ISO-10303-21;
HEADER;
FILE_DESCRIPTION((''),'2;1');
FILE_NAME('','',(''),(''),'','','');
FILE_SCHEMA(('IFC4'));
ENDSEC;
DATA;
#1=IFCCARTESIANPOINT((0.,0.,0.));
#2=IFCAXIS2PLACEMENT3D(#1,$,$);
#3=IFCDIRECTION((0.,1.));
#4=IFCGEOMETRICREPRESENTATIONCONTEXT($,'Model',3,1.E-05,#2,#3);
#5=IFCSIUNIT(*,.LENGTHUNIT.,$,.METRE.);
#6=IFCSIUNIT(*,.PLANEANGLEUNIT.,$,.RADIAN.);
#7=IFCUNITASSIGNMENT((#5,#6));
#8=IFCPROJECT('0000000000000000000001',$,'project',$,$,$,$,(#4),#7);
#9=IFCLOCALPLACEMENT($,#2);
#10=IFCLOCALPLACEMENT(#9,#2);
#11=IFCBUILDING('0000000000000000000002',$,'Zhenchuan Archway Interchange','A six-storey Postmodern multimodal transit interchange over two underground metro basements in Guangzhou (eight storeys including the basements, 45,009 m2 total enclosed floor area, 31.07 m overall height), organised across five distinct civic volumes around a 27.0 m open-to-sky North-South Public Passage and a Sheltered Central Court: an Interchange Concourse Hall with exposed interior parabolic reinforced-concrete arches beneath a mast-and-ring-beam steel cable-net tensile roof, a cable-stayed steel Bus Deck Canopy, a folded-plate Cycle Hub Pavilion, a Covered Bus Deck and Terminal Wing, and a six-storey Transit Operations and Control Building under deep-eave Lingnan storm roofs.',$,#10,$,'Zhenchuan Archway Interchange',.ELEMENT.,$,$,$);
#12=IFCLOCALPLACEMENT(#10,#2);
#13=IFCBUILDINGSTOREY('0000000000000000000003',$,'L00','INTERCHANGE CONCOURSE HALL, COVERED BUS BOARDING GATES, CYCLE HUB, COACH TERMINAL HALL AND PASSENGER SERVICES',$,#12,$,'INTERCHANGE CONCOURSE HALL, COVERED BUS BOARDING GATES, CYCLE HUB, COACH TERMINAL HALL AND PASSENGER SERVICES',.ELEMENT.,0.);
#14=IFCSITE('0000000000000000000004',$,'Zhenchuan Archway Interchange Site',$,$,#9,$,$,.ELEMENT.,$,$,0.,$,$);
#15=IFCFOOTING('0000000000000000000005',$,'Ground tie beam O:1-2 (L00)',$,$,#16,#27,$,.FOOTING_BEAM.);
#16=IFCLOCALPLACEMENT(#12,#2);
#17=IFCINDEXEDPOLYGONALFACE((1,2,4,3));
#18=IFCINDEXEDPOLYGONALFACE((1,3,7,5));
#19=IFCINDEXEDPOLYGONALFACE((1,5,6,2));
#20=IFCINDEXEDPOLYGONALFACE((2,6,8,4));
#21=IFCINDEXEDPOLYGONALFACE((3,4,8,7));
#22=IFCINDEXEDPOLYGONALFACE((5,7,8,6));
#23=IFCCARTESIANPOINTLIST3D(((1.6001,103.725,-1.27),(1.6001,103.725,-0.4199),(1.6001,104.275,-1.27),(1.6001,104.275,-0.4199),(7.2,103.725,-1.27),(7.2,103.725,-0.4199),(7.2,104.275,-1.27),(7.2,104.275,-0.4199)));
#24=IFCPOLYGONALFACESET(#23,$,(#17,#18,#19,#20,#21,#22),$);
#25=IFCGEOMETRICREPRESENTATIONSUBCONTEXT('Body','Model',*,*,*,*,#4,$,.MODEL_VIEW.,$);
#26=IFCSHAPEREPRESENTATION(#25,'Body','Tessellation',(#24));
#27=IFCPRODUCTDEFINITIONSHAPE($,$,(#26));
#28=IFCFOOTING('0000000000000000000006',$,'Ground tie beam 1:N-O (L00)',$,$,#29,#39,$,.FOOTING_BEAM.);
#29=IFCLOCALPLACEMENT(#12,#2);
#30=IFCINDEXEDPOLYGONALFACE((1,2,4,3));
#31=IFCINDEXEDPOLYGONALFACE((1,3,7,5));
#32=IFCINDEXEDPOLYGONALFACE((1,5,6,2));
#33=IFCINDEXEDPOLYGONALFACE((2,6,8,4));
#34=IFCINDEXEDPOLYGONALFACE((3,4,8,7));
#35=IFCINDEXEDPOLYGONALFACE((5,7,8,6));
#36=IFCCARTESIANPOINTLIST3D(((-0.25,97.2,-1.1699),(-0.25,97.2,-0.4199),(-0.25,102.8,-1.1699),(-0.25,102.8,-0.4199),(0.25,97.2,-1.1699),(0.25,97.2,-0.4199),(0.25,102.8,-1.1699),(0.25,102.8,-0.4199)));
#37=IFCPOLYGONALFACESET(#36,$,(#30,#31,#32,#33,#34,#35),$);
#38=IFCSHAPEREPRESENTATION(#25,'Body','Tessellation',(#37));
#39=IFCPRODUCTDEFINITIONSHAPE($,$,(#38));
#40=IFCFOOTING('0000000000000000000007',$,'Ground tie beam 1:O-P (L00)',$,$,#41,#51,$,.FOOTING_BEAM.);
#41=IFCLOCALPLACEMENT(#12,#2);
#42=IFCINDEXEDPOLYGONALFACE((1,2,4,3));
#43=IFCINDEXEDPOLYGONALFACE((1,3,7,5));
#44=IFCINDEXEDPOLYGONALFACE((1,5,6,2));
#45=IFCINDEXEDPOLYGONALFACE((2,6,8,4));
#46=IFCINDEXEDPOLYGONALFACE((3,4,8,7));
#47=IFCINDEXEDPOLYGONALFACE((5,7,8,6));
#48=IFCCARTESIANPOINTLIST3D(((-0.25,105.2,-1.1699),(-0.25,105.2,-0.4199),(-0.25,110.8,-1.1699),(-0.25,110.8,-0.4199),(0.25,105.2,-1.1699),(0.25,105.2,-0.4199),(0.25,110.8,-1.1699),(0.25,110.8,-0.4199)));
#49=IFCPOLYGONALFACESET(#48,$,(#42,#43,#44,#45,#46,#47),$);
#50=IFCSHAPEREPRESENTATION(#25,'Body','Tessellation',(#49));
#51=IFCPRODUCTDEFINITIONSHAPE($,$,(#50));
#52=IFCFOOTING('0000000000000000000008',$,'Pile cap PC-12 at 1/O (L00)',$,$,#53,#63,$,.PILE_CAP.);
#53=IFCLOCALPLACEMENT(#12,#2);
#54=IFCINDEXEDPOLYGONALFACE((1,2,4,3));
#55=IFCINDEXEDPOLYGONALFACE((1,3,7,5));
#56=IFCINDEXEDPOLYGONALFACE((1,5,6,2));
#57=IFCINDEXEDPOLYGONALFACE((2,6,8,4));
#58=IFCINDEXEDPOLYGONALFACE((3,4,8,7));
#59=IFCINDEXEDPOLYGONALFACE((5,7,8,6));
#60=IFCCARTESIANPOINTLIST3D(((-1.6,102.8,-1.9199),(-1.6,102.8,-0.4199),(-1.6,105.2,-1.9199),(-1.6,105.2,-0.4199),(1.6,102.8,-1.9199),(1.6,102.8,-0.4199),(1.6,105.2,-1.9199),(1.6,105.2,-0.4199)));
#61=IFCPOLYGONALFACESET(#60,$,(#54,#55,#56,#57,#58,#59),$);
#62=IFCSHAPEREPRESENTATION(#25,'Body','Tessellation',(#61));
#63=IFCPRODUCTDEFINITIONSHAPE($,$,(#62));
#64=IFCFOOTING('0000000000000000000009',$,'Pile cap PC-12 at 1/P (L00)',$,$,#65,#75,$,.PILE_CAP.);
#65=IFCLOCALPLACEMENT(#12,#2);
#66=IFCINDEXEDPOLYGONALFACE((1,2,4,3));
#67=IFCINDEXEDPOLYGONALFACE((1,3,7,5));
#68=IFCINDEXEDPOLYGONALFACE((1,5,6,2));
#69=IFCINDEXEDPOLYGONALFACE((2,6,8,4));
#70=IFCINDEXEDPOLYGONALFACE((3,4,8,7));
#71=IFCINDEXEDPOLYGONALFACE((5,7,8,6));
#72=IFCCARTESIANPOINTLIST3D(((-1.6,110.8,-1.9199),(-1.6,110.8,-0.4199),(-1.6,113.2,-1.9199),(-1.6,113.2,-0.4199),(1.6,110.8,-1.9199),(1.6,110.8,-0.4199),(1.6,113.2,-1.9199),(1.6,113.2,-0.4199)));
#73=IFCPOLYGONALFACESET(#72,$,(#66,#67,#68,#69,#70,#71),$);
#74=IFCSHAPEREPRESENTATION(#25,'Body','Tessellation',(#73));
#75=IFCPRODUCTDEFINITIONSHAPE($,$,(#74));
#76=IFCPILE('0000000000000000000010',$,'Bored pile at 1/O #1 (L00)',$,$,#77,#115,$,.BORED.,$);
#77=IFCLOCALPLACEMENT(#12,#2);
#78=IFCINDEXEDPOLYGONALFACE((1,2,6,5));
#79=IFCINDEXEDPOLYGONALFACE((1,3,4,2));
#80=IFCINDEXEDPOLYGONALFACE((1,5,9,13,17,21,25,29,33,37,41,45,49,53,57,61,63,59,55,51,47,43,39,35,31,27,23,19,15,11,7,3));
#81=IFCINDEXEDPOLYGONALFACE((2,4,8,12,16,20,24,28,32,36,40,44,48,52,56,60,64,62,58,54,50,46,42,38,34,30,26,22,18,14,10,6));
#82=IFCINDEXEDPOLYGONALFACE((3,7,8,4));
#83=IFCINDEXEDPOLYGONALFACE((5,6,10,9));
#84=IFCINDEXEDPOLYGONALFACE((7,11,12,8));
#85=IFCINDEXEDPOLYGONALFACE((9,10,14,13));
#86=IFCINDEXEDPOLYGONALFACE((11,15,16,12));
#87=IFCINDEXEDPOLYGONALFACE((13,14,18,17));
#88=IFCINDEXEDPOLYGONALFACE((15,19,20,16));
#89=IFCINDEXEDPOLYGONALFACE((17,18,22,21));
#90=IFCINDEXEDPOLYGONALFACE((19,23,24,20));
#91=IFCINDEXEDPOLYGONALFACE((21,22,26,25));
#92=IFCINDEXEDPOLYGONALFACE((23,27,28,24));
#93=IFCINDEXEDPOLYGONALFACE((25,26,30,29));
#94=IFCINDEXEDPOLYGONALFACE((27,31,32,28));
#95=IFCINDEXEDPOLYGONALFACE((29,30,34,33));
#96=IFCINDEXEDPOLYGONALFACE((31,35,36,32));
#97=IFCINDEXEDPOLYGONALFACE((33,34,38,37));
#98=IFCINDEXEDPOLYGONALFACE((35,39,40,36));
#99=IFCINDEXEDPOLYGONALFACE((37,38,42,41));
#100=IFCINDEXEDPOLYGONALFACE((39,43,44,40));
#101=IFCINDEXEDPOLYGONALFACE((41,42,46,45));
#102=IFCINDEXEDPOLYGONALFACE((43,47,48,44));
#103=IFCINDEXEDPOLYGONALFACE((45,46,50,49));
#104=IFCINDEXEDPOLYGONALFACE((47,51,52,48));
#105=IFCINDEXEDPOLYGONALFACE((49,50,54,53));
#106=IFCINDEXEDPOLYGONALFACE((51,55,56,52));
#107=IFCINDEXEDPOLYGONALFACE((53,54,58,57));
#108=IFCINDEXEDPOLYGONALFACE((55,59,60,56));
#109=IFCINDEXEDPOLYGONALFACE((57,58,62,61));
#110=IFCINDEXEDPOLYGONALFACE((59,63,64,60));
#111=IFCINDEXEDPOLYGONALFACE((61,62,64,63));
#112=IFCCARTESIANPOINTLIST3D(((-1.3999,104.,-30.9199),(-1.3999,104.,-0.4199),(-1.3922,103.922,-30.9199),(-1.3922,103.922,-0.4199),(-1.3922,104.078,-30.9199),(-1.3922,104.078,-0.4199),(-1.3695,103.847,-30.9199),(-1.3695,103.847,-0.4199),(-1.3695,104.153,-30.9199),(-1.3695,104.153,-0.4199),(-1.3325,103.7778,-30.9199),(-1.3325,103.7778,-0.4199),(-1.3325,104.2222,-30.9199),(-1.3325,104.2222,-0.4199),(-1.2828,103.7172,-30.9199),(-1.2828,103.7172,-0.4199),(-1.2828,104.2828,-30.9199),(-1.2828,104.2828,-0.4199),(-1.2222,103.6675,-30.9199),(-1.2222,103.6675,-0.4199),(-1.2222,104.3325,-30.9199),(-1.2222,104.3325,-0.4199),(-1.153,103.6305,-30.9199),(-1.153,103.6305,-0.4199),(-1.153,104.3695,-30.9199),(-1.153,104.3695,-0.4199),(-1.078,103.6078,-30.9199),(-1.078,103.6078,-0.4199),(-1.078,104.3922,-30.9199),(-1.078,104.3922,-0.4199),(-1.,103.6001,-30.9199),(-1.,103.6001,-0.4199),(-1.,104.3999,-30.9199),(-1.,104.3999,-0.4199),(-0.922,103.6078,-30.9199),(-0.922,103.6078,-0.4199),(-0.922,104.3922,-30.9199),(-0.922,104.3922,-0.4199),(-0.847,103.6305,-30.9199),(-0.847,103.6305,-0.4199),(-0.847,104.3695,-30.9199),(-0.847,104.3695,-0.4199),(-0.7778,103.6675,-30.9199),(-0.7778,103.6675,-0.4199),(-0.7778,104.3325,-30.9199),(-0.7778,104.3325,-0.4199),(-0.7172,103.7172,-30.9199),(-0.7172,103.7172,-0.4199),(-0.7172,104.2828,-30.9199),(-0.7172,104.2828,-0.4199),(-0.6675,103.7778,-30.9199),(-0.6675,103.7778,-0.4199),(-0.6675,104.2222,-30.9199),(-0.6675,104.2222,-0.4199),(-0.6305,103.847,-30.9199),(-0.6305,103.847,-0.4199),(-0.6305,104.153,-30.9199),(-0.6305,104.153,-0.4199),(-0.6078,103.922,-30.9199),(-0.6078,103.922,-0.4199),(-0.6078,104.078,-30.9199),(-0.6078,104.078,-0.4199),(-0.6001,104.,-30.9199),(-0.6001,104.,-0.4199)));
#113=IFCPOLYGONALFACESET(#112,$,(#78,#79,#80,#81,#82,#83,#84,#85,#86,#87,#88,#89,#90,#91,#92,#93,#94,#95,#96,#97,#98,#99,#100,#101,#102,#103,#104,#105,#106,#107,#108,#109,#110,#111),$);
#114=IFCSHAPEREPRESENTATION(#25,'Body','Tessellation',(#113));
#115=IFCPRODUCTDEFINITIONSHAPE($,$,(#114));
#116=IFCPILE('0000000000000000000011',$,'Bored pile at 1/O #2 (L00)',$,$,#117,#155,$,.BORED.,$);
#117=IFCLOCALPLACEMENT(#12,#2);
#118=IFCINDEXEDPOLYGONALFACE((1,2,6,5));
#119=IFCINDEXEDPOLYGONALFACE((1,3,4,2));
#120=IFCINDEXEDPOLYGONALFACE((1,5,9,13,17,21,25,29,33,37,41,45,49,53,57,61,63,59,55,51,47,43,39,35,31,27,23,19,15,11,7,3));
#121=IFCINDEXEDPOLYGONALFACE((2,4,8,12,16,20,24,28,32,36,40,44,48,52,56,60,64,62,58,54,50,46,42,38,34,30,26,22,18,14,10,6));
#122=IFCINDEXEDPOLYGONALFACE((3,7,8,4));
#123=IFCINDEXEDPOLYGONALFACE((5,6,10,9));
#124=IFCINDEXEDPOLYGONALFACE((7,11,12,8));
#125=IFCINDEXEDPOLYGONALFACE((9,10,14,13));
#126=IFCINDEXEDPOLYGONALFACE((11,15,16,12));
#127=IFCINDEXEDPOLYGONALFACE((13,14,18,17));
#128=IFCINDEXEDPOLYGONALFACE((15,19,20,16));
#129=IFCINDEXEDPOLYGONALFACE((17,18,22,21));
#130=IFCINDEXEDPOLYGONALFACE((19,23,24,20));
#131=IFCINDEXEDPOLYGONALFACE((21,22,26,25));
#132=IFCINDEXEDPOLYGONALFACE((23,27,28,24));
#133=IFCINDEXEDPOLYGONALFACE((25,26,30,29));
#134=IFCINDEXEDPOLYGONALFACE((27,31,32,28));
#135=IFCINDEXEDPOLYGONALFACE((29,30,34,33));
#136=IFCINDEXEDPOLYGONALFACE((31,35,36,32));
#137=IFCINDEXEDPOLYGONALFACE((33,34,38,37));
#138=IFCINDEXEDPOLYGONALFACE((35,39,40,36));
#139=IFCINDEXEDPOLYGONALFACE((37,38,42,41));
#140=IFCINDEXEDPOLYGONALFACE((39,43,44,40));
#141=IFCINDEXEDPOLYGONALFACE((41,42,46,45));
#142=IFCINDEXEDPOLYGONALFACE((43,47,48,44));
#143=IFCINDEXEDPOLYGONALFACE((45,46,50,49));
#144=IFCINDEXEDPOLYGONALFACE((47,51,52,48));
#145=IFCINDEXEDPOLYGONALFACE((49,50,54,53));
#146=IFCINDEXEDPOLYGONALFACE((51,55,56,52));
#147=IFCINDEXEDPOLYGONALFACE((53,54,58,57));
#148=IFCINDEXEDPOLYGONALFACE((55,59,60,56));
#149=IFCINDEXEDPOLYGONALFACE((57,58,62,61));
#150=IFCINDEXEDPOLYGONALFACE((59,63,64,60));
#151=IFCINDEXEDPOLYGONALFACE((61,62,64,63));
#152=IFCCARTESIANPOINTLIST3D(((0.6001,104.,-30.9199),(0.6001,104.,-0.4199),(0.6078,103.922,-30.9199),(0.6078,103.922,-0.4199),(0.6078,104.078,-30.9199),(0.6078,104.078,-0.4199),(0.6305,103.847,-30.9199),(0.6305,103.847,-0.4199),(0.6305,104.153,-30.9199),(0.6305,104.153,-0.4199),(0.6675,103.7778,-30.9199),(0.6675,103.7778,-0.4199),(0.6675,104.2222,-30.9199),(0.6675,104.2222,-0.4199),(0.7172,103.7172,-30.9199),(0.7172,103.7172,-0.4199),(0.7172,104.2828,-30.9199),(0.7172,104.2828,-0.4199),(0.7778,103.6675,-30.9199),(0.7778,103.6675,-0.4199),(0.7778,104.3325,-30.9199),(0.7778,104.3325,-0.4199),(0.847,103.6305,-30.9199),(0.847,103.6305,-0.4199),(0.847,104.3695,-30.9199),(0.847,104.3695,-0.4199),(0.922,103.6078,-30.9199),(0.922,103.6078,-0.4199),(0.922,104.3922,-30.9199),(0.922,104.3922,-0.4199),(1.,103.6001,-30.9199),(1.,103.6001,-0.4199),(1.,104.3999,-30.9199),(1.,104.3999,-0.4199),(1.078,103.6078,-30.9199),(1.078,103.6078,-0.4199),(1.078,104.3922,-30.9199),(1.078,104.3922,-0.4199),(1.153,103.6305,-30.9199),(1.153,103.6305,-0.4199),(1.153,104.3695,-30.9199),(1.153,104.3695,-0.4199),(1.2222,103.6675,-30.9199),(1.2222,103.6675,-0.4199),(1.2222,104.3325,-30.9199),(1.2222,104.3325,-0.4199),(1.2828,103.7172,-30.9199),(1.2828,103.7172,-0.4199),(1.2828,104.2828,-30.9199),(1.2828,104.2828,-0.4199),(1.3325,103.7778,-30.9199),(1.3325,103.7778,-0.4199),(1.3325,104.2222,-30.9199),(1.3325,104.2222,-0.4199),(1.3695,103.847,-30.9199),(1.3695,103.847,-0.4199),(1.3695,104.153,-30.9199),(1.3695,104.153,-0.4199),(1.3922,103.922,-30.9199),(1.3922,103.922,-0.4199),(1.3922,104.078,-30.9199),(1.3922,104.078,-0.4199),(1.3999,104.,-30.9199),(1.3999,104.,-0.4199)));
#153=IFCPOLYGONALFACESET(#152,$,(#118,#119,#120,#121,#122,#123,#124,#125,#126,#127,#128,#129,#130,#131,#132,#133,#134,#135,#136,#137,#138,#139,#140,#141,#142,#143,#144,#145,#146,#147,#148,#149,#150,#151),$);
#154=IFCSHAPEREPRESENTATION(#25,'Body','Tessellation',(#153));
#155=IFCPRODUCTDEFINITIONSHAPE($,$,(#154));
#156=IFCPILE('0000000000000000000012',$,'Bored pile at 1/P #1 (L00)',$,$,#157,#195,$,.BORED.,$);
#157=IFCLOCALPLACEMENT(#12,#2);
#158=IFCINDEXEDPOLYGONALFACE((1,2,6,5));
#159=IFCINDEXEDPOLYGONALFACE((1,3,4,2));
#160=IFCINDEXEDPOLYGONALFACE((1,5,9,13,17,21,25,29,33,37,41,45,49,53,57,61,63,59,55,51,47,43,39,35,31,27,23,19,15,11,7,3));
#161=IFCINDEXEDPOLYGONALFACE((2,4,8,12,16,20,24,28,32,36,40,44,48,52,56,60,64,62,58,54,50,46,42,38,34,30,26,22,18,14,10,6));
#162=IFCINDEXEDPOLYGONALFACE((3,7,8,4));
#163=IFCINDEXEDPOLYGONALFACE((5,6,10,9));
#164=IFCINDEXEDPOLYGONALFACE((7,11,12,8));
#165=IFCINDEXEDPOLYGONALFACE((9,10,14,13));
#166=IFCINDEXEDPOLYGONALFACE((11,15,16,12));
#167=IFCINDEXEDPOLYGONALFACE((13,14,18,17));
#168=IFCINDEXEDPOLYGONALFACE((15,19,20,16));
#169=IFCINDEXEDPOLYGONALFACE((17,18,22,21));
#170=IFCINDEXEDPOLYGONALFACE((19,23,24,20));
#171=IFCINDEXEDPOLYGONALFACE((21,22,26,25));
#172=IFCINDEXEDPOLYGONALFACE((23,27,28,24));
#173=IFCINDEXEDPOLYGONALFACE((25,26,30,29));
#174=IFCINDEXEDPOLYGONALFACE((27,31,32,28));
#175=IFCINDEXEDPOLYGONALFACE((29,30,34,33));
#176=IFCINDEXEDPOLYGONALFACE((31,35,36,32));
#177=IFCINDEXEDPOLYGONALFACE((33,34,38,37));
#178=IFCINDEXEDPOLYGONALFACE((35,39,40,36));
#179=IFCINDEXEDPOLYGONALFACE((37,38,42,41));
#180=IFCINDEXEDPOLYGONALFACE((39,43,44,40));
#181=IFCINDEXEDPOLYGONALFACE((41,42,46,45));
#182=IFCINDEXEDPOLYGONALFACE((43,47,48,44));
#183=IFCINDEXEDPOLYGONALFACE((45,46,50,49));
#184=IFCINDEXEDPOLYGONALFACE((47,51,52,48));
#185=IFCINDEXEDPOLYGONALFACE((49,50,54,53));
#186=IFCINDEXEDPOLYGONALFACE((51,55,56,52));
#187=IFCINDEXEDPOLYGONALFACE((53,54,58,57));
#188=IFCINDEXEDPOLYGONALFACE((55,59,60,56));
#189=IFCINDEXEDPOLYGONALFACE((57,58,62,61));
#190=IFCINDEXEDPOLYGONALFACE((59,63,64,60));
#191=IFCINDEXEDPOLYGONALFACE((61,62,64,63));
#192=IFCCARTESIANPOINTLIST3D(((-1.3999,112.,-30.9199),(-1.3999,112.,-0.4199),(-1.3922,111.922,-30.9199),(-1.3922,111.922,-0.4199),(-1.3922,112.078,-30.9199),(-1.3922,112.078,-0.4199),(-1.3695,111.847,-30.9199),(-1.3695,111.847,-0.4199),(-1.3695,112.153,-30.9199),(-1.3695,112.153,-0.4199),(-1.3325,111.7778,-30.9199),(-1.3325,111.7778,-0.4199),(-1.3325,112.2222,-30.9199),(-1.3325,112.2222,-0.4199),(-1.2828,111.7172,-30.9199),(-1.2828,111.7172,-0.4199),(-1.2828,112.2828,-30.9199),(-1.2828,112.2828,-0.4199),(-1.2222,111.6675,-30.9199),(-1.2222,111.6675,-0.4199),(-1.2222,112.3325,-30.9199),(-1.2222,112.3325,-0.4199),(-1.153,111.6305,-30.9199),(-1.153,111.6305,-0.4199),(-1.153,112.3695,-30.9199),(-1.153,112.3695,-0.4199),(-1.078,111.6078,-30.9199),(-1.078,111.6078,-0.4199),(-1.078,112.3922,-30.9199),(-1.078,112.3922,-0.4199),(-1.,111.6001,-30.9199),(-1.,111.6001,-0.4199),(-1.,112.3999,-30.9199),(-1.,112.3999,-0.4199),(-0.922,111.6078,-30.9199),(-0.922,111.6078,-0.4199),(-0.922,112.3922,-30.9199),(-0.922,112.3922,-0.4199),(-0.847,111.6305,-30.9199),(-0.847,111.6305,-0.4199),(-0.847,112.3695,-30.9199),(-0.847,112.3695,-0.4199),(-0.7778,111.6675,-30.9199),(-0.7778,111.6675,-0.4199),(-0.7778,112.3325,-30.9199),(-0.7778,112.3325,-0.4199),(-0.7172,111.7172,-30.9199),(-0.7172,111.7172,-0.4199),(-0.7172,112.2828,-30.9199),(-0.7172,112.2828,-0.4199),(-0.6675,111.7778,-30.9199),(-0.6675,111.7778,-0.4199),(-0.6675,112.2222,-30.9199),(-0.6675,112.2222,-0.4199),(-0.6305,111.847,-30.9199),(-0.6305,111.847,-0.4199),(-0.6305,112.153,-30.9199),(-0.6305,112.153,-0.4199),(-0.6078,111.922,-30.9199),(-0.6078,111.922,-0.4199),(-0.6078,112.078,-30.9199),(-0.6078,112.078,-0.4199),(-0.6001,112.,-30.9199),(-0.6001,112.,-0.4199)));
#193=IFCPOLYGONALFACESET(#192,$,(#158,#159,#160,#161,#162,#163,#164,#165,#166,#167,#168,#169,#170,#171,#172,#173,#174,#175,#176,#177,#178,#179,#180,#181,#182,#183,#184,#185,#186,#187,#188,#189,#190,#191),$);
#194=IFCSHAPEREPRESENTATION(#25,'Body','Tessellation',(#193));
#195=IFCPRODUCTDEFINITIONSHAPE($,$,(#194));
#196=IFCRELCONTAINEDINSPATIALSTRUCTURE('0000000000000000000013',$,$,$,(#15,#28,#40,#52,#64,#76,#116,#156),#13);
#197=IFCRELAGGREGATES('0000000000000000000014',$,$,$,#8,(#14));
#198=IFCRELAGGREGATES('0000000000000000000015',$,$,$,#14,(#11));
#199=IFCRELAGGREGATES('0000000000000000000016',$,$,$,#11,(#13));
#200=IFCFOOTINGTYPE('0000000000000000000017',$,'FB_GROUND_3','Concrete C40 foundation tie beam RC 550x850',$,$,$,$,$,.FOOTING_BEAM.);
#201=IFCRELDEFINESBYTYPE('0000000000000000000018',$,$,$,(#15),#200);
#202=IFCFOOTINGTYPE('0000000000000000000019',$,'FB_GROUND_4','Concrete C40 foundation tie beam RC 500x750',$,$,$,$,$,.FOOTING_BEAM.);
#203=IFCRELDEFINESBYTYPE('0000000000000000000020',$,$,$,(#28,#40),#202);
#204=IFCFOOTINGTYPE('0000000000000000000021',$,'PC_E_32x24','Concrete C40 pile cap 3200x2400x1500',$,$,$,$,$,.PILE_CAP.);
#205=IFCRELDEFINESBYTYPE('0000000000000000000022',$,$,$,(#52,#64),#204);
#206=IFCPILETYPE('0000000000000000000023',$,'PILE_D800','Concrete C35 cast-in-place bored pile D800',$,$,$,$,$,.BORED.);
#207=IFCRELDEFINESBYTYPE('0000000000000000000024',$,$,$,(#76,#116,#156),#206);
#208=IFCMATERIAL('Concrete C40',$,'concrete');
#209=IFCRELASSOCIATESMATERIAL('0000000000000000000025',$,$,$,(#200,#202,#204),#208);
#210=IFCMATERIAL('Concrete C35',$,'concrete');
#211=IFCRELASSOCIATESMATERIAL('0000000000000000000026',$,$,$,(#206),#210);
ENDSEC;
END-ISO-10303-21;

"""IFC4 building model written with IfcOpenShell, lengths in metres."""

from ifc_helpers import new_model, si_unit, direction, frame, origin, origin_2d, place, context, subcontext, project, spatial, rectangle, circle, extrude, material, material_profile, profile_set, type_object, element, save


model = new_model("IFC4")

# Units and contexts
model_context = context("Model", 3, precision=1e-05, world=origin(), true_north=direction((0.0, 1.0)))
body_context = subcontext(model_context, "Body", "Model", "MODEL_VIEW")
ifc_project = project(units=[si_unit("LENGTHUNIT", "METRE"), si_unit("PLANEANGLEUNIT", "RADIAN")], contexts=[model_context])

# Site, building, storey
site_placement = place(None, origin())
site = spatial("IfcSite", under=ifc_project, at=site_placement, Name="Zhenchuan Archway Interchange Site", CompositionType="ELEMENT", RefElevation=0.0)
building_placement = place(site_placement, origin())
building = spatial("IfcBuilding", under=site, at=building_placement, Name="Zhenchuan Archway Interchange", Description="A six-storey Postmodern multimodal transit interchange over two underground metro basements in Guangzhou (eight storeys including the basements, 45,009 m2 total enclosed floor area, 31.07 m overall height), organised across five distinct civic volumes around a 27.0 m open-to-sky North-South Public Passage and a Sheltered Central Court: an Interchange Concourse Hall with exposed interior parabolic reinforced-concrete arches beneath a mast-and-ring-beam steel cable-net tensile roof, a cable-stayed steel Bus Deck Canopy, a folded-plate Cycle Hub Pavilion, a Covered Bus Deck and Terminal Wing, and a six-storey Transit Operations and Control Building under deep-eave Lingnan storm roofs.", LongName="Zhenchuan Archway Interchange", CompositionType="ELEMENT")
storey_placement = place(building_placement, origin())
storey = spatial("IfcBuildingStorey", under=building, at=storey_placement, Name="L00", Description="INTERCHANGE CONCOURSE HALL, COVERED BUS BOARDING GATES, CYCLE HUB, COACH TERMINAL HALL AND PASSENGER SERVICES", LongName="INTERCHANGE CONCOURSE HALL, COVERED BUS BOARDING GATES, CYCLE HUB, COACH TERMINAL HALL AND PASSENGER SERVICES", CompositionType="ELEMENT", Elevation=0.0)

# Footings
ifc_material_1 = material(Name="Concrete C40", Category="concrete")
ifc_material_profile_1 = material_profile(ifc_material_1, rectangle(XDim=0.55, YDim=0.8501, at=origin_2d()), Name="RC 550x850")
ifc_profile_set_1 = profile_set([ifc_material_profile_1], Name="Concrete C40")
footing_type_1 = type_object("IfcFootingType", Name="FB_GROUND_3", Description="Concrete C40 foundation tie beam RC 550x850", PredefinedType="FOOTING_BEAM", material=ifc_profile_set_1)
footing_placement = place(storey_placement, frame((1.6001, 104.0, -0.845), z_axis=(1.0, 0.0, 0.0), x_axis=(0.0, 1.0, 0.0)))
element("IfcFooting", 1, at=footing_placement, inside=storey, type_object=footing_type_1, Name="Ground tie beam O:1-2 (L00)", PredefinedType="FOOTING_BEAM", context=body_context, shape_type="SweptSolid", body=[
    extrude(rectangle(XDim=0.55, YDim=0.8501, at=origin_2d()), origin(), (0.0, 0.0, 1.0), 5.5999),
])
ifc_material_profile_2 = material_profile(ifc_material_1, rectangle(XDim=0.5, YDim=0.75, at=origin_2d()), Name="RC 500x750")
ifc_profile_set_2 = profile_set([ifc_material_profile_2], Name="Concrete C40")
footing_type_2 = type_object("IfcFootingType", Name="FB_GROUND_4", Description="Concrete C40 foundation tie beam RC 500x750", PredefinedType="FOOTING_BEAM", material=ifc_profile_set_2)
for number, where, z_axis, x_axis, name in (
    (2, (0.0, 97.2, -0.7949), (0.0, 1.0, 0.0), (-1.0, 0.0, 0.0), "Ground tie beam 1:N-O (L00)"),
    (3, (0.0, 105.2, -0.7949), (0.0, 1.0, 0.0), (-1.0, 0.0, 0.0), "Ground tie beam 1:O-P (L00)"),
):
    element("IfcFooting", number, at=place(storey_placement, frame(where, z_axis=z_axis, x_axis=x_axis)), inside=storey, type_object=footing_type_2, Name=name, PredefinedType="FOOTING_BEAM", context=body_context, shape_type="SweptSolid", body=[
        extrude(rectangle(XDim=0.5, YDim=0.75, at=origin_2d()), origin(), (0.0, 0.0, 1.0), 5.6001),
    ])
footing_type_3 = type_object("IfcFootingType", Name="PC_E_32x24", Description="Concrete C40 pile cap 3200x2400x1500", PredefinedType="PILE_CAP", material=ifc_material_1)
for number, where, z_axis, x_axis, name in (
    (4, (0.0, 104.0, -1.9199), (0.0, 0.0, 1.0), (1.0, 0.0, 0.0), "Pile cap PC-12 at 1/O (L00)"),
    (5, (0.0, 112.0, -1.9199), (0.0, 0.0, 1.0), (1.0, 0.0, 0.0), "Pile cap PC-12 at 1/P (L00)"),
):
    element("IfcFooting", number, at=place(storey_placement, frame(where, z_axis=z_axis, x_axis=x_axis)), inside=storey, type_object=footing_type_3, Name=name, PredefinedType="PILE_CAP", context=body_context, shape_type="SweptSolid", body=[
        extrude(rectangle(XDim=3.2, YDim=2.3999, at=origin_2d()), origin(), (0.0, 0.0, 1.0), 1.5),
    ])

# Piles
ifc_material_2 = material(Name="Concrete C35", Category="concrete")
ifc_material_profile_3 = material_profile(ifc_material_2, circle(Radius=0.3999, at=origin_2d()), Name="BORED PILE 800")
ifc_profile_set_3 = profile_set([ifc_material_profile_3], Name="Concrete C35")
pile_type = type_object("IfcPileType", Name="PILE_D800", Description="Concrete C35 cast-in-place bored pile D800", PredefinedType="BORED", material=ifc_profile_set_3)
for number, where, z_axis, x_axis, name in (
    (6, (-1.0, 104.0, -0.4199), (0.0, 0.0, -1.0), (1.0, 0.0, 0.0), "Bored pile at 1/O #1 (L00)"),
    (7, (1.0, 104.0, -0.4199), (0.0, 0.0, -1.0), (1.0, 0.0, 0.0), "Bored pile at 1/O #2 (L00)"),
    (8, (-1.0, 112.0, -0.4199), (0.0, 0.0, -1.0), (1.0, 0.0, 0.0), "Bored pile at 1/P #1 (L00)"),
):
    element("IfcPile", number, at=place(storey_placement, frame(where, z_axis=z_axis, x_axis=x_axis)), inside=storey, type_object=pile_type, Name=name, PredefinedType="BORED", context=body_context, shape_type="SweptSolid", body=[
        extrude(circle(Radius=0.3999, at=origin_2d()), origin(), (0.0, 0.0, 1.0), 30.5),
    ])

save(model, "model.ifc")
